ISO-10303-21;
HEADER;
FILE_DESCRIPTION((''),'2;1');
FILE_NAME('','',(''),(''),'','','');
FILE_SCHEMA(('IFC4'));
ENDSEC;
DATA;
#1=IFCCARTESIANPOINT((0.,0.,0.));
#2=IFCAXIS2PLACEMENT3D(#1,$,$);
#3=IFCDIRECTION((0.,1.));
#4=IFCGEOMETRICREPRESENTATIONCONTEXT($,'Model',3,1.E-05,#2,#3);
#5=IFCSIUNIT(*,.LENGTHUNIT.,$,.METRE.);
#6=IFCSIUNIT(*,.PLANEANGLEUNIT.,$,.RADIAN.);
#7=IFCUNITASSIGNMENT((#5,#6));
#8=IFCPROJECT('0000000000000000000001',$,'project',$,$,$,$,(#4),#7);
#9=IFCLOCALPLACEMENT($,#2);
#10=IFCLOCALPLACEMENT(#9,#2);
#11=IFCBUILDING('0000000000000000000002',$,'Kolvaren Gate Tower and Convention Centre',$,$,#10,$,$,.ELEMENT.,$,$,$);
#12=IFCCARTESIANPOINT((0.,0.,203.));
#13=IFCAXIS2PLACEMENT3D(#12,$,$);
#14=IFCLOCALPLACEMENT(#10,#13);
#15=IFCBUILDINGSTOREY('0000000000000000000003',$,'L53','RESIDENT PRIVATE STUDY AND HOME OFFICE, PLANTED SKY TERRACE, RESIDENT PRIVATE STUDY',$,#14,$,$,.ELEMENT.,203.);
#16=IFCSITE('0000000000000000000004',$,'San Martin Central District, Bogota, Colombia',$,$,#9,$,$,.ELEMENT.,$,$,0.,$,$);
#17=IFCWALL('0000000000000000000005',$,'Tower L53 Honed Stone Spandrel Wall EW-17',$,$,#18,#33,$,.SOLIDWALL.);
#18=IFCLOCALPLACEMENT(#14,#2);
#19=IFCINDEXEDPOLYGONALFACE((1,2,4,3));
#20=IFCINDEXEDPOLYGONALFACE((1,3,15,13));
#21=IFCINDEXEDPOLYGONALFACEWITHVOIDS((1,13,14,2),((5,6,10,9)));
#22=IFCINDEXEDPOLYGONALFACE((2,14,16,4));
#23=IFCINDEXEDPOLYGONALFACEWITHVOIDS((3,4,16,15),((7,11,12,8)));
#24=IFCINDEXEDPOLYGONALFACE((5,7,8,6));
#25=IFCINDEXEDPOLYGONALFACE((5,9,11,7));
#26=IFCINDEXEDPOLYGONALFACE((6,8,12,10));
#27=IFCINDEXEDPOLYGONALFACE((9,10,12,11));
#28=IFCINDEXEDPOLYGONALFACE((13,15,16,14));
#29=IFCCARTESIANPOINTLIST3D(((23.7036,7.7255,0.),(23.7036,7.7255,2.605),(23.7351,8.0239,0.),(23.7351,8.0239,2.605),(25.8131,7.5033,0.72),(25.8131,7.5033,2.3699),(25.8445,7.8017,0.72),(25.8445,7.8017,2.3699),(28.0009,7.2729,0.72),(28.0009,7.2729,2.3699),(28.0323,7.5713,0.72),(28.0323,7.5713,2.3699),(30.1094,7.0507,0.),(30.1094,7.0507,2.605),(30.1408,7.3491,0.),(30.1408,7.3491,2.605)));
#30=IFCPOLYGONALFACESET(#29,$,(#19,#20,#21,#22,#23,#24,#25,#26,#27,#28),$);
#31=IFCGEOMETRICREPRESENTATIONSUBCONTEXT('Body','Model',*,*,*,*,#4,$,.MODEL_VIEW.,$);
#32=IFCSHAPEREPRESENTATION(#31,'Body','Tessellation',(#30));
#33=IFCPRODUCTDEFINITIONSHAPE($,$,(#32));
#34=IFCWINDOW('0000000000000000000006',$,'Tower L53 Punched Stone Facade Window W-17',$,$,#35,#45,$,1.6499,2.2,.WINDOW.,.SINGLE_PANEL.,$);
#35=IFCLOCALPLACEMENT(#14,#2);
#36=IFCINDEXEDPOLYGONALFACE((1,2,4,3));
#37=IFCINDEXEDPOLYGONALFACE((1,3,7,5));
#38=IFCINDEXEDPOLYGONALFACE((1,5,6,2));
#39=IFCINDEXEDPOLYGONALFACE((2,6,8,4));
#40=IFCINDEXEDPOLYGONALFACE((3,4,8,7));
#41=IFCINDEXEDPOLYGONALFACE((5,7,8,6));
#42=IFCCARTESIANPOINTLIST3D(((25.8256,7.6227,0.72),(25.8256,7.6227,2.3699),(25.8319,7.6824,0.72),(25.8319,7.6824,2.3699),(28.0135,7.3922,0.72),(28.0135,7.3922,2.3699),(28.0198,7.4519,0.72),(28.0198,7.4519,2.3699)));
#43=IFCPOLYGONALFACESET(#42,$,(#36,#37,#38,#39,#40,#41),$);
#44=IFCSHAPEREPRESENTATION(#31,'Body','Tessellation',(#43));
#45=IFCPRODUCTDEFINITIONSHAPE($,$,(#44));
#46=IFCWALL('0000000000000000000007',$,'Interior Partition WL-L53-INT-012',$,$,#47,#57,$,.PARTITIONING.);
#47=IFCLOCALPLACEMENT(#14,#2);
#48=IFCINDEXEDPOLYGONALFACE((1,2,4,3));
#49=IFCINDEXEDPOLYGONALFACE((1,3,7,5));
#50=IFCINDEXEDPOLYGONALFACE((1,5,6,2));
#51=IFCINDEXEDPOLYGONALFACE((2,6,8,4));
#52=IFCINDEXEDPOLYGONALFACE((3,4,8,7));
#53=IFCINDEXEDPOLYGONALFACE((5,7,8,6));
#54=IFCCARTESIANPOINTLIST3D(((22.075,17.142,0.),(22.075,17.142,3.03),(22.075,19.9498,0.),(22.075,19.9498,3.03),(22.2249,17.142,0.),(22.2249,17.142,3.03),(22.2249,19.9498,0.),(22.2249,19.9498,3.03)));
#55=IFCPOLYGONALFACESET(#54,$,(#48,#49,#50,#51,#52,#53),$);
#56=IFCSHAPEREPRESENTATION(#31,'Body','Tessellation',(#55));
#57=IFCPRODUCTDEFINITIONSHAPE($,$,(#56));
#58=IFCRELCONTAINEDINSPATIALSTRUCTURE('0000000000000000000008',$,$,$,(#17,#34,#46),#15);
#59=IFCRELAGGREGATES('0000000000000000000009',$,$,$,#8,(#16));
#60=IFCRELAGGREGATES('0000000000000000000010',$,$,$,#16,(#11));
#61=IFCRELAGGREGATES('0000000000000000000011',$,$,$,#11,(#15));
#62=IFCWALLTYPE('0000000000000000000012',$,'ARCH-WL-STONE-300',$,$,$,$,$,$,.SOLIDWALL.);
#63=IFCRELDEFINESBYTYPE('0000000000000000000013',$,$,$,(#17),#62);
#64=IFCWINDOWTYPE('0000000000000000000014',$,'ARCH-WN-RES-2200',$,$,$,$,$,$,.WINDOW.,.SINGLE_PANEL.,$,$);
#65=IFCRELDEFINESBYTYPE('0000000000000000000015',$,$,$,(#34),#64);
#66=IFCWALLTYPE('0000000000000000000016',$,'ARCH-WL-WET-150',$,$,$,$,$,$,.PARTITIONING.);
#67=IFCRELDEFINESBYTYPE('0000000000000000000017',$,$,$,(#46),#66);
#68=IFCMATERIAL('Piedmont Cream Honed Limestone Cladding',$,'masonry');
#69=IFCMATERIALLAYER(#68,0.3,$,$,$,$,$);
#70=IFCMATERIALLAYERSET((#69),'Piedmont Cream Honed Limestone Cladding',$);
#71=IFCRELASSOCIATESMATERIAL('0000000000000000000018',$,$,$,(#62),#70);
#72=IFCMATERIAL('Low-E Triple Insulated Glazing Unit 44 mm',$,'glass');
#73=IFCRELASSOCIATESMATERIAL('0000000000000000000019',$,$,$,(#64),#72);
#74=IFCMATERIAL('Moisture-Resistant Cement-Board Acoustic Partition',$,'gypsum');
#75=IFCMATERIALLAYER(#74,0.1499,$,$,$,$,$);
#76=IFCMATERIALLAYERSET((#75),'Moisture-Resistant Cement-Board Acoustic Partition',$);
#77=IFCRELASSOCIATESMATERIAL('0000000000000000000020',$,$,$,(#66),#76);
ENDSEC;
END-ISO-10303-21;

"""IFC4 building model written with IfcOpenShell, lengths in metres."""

from ifc_helpers import new_model, si_unit, direction, frame, frame_2d, origin, place, context, subcontext, project, spatial, rectangle, extrude, material, layer, layer_set, type_object, element, fill, save


model = new_model("IFC4")

# Units and contexts
model_context = context("Model", 3, precision=1e-05, world=origin(), true_north=direction((0.0, 1.0)))
body_context = subcontext(model_context, "Body", "Model", "MODEL_VIEW")
ifc_project = project(units=[si_unit("LENGTHUNIT", "METRE"), si_unit("PLANEANGLEUNIT", "RADIAN")], contexts=[model_context])

# Site, building, storey
site_placement = place(None, origin())
site = spatial("IfcSite", under=ifc_project, at=site_placement, Name="San Martin Central District, Bogota, Colombia", CompositionType="ELEMENT", RefElevation=0.0)
building_placement = place(site_placement, origin())
building = spatial("IfcBuilding", under=site, at=building_placement, Name="Kolvaren Gate Tower and Convention Centre", CompositionType="ELEMENT")
storey_placement = place(building_placement, frame((0.0, 0.0, 203.0)))
storey = spatial("IfcBuildingStorey", under=building, at=storey_placement, Name="L53", Description="RESIDENT PRIVATE STUDY AND HOME OFFICE, PLANTED SKY TERRACE, RESIDENT PRIVATE STUDY", CompositionType="ELEMENT", Elevation=203.0)

# Shared definitions
ifc_material_1 = material(Name="Piedmont Cream Honed Limestone Cladding", Category="masonry")

# Wall, opening, window
ifc_layer_1 = layer(ifc_material_1, 0.3)
ifc_layer_set_1 = layer_set([ifc_layer_1], Name="Piedmont Cream Honed Limestone Cladding")
wall_type_1 = type_object("IfcWallType", Name="ARCH-WL-STONE-300", PredefinedType="SOLIDWALL", material=ifc_layer_set_1)
wall_1_placement = place(storey_placement, frame((23.7192, 7.8748, 0.0), z_axis=(0.0, 0.0, 1.0), x_axis=(0.994497, -0.104764, 0.0)))
wall_1 = element("IfcWall", 1, at=wall_1_placement, inside=storey, type_object=wall_type_1, Name="Tower L53 Honed Stone Spandrel Wall EW-17", PredefinedType="SOLIDWALL", context=body_context, shape_type="SweptSolid", body=[
    extrude(rectangle(XDim=6.4412, YDim=0.3, at=frame_2d((3.2207, 0.0))), origin(), (0.0, 0.0, 1.0), 2.605),
])
opening_1_placement = place(wall_1_placement, frame((2.1211, 0.0, 0.72)))
opening_1 = element("IfcOpeningElement", 2, at=opening_1_placement, cuts=wall_1, PredefinedType="OPENING", context=body_context, shape_type="SweptSolid", body=[
    extrude(rectangle(XDim=2.2, YDim=1.6499, at=frame_2d((1.1001, 0.825))), frame((0.0, 0.1599, 0.0), z_axis=(0.0, -1.0, 0.0), x_axis=(1.0, 0.0, 0.0)), (0.0, 0.0, 1.0), 0.3201),
])
ifc_material_2 = material(Name="Low-E Triple Insulated Glazing Unit 44 mm", Category="glass")
window_type = type_object("IfcWindowType", Name="ARCH-WN-RES-2200", PartitioningType="SINGLE_PANEL", PredefinedType="WINDOW", material=ifc_material_2)
window_placement = place(opening_1_placement, origin())
window = element("IfcWindow", 3, at=window_placement, inside=storey, type_object=window_type, Name="Tower L53 Punched Stone Facade Window W-17", OverallHeight=1.6499, OverallWidth=2.2, PartitioningType="SINGLE_PANEL", PredefinedType="WINDOW", context=body_context, shape_type="SweptSolid", body=[
    extrude(rectangle(XDim=2.2, YDim=1.6499, at=frame_2d((1.1001, 0.825))), frame((0.0, 0.03, 0.0), z_axis=(0.0, -1.0, 0.0), x_axis=(1.0, 0.0, 0.0)), (0.0, 0.0, 1.0), 0.0601),
])
fill(opening_1, window)

# Wall
ifc_material_3 = material(Name="Moisture-Resistant Cement-Board Acoustic Partition", Category="gypsum")
ifc_layer_2 = layer(ifc_material_3, 0.1499)
ifc_layer_set_2 = layer_set([ifc_layer_2], Name="Moisture-Resistant Cement-Board Acoustic Partition")
wall_type_2 = type_object("IfcWallType", Name="ARCH-WL-WET-150", PredefinedType="PARTITIONING", material=ifc_layer_set_2)
wall_2_placement = place(storey_placement, frame((22.1499, 17.1421, 0.0), z_axis=(0.0, 0.0, 1.0), x_axis=(0.0, 1.0, 0.0)))
element("IfcWall", 4, at=wall_2_placement, inside=storey, type_object=wall_type_2, Name="Interior Partition WL-L53-INT-012", PredefinedType="PARTITIONING", context=body_context, shape_type="SweptSolid", body=[
    extrude(rectangle(XDim=2.8079, YDim=0.1499, at=frame_2d((1.4038, 0.0))), origin(), (0.0, 0.0, 1.0), 3.03),
])

save(model, "model.ifc")
